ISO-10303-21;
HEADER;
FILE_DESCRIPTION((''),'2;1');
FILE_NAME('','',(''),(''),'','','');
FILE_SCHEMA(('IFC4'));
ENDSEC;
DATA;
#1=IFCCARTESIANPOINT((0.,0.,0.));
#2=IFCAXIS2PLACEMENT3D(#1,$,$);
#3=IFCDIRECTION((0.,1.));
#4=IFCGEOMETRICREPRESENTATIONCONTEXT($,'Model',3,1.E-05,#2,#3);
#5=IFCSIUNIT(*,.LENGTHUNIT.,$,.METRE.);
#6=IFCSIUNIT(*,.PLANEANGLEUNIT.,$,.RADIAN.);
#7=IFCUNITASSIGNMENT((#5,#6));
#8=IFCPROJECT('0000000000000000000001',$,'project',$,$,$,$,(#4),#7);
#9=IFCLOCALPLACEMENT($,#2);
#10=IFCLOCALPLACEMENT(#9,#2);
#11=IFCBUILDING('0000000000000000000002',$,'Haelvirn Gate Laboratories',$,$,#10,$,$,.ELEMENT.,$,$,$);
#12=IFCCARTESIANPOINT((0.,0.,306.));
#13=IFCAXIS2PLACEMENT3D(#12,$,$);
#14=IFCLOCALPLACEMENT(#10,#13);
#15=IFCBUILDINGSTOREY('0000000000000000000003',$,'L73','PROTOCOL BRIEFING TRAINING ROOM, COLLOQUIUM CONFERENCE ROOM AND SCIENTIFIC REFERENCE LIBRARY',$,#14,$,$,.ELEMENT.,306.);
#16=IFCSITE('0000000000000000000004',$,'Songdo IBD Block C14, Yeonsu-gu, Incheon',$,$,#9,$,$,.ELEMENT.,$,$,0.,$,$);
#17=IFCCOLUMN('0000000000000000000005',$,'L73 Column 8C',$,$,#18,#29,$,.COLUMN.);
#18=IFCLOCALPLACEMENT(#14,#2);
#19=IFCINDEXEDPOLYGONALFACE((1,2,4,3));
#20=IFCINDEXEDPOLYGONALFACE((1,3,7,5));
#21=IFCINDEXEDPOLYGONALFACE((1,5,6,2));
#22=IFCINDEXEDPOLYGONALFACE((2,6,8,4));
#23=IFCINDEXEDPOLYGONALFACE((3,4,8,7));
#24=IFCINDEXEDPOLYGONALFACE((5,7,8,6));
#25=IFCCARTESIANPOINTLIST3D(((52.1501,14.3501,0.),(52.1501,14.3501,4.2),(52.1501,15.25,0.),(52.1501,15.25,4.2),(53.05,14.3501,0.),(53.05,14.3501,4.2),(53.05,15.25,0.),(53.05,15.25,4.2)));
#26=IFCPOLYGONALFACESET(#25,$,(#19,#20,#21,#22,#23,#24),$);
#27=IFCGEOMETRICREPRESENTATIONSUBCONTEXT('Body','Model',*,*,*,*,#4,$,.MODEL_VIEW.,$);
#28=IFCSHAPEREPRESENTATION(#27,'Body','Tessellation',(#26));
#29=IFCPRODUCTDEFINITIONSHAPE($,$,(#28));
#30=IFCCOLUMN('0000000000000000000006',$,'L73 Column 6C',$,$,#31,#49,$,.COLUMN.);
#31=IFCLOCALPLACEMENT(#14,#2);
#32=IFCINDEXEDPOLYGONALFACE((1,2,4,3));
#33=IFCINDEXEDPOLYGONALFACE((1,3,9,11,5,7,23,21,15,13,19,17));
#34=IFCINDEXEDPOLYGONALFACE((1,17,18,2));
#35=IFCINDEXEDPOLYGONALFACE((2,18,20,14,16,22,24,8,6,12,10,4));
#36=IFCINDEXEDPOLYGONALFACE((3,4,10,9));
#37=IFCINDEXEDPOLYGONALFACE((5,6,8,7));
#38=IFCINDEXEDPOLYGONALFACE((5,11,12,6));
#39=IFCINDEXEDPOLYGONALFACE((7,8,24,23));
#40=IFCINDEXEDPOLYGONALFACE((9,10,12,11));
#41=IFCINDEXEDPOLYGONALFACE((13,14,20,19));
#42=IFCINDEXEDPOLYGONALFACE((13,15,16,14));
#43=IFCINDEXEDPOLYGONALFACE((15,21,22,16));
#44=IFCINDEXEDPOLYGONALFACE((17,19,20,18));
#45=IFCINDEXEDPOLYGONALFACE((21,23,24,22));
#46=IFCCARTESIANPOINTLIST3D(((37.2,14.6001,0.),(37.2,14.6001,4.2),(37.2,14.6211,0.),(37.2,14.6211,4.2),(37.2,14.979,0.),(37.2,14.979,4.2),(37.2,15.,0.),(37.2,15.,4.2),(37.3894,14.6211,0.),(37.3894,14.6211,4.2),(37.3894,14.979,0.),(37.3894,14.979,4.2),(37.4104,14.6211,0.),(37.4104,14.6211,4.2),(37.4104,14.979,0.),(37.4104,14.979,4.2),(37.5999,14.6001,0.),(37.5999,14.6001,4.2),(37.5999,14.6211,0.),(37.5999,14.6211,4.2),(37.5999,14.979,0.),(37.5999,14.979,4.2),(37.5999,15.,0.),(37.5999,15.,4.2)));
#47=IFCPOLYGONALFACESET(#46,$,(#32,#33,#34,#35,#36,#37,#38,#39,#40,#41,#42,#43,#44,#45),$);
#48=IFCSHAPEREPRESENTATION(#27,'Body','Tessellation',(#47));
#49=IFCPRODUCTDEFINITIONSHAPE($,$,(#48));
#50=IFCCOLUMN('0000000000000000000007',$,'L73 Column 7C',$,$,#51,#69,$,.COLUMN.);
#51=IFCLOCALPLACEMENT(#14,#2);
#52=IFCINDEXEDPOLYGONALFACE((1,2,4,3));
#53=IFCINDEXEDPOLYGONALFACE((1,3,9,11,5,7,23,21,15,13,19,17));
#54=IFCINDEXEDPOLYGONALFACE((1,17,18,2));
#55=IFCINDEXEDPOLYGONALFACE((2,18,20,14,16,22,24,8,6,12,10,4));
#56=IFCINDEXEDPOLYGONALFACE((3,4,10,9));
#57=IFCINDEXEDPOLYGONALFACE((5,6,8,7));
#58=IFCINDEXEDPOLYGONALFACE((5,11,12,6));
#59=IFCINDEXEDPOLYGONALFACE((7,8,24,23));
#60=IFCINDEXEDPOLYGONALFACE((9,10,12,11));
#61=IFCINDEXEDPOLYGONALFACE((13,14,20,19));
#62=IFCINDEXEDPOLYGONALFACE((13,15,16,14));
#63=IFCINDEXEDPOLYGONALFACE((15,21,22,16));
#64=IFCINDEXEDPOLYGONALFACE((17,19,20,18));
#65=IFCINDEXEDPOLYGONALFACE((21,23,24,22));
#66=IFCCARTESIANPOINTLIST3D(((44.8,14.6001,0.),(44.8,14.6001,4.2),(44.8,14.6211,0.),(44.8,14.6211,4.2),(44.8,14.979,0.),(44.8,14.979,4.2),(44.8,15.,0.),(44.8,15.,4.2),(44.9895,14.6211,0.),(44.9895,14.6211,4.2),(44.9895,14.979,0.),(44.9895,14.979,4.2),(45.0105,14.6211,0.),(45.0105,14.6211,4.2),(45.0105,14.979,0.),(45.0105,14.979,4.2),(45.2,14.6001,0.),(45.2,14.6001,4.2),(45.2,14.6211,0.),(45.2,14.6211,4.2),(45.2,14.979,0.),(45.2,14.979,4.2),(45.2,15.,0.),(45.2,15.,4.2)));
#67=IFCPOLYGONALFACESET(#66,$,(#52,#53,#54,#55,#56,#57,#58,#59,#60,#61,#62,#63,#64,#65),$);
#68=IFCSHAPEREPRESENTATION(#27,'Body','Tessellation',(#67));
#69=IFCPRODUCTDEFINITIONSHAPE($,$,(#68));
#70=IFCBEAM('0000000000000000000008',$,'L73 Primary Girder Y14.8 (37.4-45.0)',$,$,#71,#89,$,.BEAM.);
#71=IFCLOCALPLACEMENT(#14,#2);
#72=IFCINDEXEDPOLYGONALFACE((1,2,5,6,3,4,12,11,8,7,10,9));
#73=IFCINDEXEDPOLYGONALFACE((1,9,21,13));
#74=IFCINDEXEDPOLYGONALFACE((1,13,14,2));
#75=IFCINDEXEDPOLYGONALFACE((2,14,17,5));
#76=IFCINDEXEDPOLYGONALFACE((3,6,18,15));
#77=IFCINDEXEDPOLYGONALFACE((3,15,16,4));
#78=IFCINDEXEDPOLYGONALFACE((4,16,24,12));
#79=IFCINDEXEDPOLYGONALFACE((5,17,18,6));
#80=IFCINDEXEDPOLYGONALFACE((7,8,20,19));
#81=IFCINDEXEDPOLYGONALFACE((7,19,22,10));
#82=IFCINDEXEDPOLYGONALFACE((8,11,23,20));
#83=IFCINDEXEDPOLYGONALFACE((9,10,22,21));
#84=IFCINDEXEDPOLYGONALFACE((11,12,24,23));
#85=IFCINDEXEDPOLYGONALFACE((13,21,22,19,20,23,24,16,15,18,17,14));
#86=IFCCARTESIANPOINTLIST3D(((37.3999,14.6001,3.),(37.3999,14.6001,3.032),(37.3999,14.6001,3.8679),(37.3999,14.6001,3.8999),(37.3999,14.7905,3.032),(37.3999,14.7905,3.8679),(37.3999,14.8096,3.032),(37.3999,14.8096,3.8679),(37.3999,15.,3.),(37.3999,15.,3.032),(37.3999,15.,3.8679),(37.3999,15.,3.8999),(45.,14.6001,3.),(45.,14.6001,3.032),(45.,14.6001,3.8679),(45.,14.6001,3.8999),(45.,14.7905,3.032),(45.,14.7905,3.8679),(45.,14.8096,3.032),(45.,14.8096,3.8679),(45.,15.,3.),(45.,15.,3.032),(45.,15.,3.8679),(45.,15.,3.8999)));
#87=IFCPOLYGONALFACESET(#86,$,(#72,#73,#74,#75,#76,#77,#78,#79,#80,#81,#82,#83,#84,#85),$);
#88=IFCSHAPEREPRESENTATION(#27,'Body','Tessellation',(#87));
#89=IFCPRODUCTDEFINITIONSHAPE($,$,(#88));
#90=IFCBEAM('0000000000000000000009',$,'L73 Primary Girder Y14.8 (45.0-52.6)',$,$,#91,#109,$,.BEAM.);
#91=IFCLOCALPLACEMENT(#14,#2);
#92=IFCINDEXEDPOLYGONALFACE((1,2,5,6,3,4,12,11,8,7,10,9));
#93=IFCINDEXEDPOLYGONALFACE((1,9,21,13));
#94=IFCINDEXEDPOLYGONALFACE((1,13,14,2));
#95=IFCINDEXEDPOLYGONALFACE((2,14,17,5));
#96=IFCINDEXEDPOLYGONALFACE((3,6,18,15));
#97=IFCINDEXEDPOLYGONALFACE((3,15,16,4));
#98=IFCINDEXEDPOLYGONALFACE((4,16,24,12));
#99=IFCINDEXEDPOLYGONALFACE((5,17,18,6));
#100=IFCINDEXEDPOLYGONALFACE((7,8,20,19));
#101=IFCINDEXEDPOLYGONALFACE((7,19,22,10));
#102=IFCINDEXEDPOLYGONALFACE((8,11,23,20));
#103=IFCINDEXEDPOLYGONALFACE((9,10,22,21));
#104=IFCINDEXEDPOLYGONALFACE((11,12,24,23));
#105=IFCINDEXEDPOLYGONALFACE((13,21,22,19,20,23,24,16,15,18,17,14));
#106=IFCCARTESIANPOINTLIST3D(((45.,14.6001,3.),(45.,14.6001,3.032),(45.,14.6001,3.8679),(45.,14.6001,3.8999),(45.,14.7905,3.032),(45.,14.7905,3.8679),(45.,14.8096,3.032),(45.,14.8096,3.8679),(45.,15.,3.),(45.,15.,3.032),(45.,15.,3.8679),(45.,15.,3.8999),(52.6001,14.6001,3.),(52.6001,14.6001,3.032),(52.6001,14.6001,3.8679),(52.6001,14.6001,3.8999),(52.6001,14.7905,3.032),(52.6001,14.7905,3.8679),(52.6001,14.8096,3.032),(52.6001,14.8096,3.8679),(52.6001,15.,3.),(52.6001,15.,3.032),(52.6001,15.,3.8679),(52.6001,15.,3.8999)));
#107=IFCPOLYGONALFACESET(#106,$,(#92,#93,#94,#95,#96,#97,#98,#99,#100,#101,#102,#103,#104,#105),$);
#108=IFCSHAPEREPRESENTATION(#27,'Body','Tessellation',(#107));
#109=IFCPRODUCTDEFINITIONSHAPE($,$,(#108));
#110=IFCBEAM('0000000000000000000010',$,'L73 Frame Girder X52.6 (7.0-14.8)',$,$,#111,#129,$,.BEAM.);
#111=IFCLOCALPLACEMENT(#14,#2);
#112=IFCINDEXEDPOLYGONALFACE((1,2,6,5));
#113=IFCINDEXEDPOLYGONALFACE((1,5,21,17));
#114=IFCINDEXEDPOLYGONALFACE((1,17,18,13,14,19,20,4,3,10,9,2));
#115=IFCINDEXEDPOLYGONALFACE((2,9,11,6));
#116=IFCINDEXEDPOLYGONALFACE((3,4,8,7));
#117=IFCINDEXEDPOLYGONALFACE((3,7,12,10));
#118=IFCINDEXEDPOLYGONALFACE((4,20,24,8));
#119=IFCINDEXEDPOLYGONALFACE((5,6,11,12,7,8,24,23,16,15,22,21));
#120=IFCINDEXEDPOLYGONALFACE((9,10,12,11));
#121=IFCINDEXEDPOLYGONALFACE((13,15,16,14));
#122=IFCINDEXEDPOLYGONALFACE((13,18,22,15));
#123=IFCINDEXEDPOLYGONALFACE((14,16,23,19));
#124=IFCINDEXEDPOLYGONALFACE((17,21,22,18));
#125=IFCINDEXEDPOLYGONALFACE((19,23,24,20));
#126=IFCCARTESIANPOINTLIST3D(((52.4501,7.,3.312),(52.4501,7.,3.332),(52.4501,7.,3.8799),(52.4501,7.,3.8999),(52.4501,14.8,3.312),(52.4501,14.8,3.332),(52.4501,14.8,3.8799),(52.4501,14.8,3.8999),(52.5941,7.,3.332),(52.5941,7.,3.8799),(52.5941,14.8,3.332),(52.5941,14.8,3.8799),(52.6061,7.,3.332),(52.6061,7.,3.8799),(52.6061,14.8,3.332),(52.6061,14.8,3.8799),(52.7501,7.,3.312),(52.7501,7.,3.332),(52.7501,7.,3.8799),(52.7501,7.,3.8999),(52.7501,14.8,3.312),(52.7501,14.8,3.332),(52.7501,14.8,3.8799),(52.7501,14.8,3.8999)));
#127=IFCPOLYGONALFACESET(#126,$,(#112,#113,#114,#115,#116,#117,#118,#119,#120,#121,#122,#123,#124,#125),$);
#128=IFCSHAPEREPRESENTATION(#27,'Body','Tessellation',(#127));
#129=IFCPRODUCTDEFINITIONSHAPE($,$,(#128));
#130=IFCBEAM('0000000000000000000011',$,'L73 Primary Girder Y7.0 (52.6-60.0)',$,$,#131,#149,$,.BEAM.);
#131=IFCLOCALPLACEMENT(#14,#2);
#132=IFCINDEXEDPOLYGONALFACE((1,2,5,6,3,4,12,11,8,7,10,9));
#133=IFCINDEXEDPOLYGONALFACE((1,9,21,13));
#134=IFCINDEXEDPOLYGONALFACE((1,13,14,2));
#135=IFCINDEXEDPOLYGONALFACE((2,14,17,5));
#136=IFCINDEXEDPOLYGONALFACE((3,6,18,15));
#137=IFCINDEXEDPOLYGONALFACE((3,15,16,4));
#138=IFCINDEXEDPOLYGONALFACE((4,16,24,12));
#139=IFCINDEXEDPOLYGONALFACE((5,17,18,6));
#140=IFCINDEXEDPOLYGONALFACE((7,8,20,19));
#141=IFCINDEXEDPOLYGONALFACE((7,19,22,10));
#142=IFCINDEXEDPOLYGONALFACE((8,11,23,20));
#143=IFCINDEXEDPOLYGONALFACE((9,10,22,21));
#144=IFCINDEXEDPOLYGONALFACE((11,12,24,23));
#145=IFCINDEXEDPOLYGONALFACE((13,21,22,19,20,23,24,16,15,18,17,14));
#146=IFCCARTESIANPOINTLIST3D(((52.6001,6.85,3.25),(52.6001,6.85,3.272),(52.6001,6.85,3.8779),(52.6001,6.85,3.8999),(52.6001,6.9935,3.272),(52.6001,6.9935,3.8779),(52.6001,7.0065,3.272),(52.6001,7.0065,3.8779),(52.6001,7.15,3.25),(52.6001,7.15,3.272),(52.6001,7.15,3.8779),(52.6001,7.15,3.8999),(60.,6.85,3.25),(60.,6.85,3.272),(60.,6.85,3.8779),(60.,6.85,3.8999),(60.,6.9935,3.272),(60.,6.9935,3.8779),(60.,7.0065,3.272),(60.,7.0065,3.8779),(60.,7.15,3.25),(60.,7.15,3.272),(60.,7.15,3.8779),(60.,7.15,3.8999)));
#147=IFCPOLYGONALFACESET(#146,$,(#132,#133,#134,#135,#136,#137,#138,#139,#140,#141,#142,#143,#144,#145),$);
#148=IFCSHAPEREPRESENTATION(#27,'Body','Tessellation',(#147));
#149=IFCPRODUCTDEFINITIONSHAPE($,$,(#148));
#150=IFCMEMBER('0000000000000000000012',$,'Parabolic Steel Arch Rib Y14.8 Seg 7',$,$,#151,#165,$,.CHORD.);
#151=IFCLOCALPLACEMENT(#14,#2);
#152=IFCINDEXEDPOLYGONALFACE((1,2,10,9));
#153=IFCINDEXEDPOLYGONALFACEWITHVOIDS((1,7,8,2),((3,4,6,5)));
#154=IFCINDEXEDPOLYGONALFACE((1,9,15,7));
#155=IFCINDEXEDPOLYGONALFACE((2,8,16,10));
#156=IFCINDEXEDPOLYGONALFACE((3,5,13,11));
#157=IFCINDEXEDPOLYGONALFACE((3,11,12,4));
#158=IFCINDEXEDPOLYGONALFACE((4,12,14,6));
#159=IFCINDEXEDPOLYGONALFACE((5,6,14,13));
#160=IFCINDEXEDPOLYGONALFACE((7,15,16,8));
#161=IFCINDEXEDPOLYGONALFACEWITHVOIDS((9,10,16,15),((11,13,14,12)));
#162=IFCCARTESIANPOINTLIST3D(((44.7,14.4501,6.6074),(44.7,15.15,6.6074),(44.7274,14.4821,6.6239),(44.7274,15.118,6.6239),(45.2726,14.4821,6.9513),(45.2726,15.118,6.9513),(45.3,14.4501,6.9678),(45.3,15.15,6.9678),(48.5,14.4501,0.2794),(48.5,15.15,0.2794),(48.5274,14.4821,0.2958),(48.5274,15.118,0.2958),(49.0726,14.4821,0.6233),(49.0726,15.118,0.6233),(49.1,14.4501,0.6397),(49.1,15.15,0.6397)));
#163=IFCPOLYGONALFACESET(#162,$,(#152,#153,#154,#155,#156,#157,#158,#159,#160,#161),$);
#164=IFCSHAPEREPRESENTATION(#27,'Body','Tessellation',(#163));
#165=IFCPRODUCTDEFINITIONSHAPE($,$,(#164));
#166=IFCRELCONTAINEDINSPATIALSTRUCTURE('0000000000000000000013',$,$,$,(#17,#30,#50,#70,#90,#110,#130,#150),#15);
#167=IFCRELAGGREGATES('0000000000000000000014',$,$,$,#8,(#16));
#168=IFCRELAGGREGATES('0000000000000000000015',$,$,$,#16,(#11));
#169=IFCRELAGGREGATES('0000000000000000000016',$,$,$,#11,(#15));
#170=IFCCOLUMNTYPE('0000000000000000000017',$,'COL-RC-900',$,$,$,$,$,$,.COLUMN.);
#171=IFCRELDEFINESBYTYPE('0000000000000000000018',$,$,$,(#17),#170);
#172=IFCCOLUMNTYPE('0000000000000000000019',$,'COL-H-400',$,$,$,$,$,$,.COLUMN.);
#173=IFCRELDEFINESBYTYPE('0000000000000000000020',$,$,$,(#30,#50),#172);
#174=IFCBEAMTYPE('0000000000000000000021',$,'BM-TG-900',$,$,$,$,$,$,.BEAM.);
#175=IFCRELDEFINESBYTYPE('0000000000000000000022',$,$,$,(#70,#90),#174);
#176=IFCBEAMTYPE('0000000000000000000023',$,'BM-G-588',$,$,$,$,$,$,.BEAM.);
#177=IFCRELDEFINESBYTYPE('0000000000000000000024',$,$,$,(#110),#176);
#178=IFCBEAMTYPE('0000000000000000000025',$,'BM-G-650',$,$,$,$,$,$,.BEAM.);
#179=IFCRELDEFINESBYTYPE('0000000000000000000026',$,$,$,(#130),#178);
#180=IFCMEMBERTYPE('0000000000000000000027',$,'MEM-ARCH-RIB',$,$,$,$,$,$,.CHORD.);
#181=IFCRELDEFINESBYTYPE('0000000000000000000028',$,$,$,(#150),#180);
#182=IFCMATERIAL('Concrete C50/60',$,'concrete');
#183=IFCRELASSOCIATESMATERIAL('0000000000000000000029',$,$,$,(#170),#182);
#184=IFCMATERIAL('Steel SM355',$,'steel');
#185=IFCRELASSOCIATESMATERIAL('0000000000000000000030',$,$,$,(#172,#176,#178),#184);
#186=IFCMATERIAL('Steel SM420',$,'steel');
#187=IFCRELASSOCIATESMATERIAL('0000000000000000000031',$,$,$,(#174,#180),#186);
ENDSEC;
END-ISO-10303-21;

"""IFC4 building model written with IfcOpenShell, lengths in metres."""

from ifc_helpers import new_model, si_unit, direction, frame, origin, origin_2d, place, context, subcontext, project, spatial, rectangle, hollow_rectangle, i_section, extrude, source, transform, mapped, material, material_profile, profile_set, type_object, type_shapes, element, save


model = new_model("IFC4")

# Units and contexts
model_context = context("Model", 3, precision=1e-05, world=origin(), true_north=direction((0.0, 1.0)))
body_context = subcontext(model_context, "Body", "Model", "MODEL_VIEW")
ifc_project = project(units=[si_unit("LENGTHUNIT", "METRE"), si_unit("PLANEANGLEUNIT", "RADIAN")], contexts=[model_context])

# Site, building, storey
site_placement = place(None, origin())
site = spatial("IfcSite", under=ifc_project, at=site_placement, Name="Songdo IBD Block C14, Yeonsu-gu, Incheon", CompositionType="ELEMENT", RefElevation=0.0)
building_placement = place(site_placement, origin())
building = spatial("IfcBuilding", under=site, at=building_placement, Name="Haelvirn Gate Laboratories", CompositionType="ELEMENT")
storey_placement = place(building_placement, frame((0.0, 0.0, 306.0)))
storey = spatial("IfcBuildingStorey", under=building, at=storey_placement, Name="L73", Description="PROTOCOL BRIEFING TRAINING ROOM, COLLOQUIUM CONFERENCE ROOM AND SCIENTIFIC REFERENCE LIBRARY", CompositionType="ELEMENT", Elevation=306.0)

# Columns
ifc_material_1 = material(Name="Concrete C50/60", Category="concrete")
ifc_material_profile_1 = material_profile(ifc_material_1, rectangle(XDim=0.8999, YDim=0.8999, at=origin_2d()), Name="RC-900x900")
ifc_profile_set_1 = profile_set([ifc_material_profile_1], Name="Concrete C50/60")
column_type_1 = type_object("IfcColumnType", Name="COL-RC-900", PredefinedType="COLUMN", material=ifc_profile_set_1)
shared_shape_1 = source(origin(), body_context, "Body", "SweptSolid", [
    extrude(rectangle(XDim=0.8999, YDim=0.8999, at=origin_2d()), origin(), (0.0, 0.0, 1.0), 4.2),
])
type_shapes(column_type_1, [shared_shape_1])
column_placement = place(storey_placement, frame((52.6001, 14.8, 0.0), z_axis=(0.0, 0.0, 1.0), x_axis=(1.0, 0.0, 0.0)))
element("IfcColumn", 1, at=column_placement, inside=storey, type_object=column_type_1, Name="L73 Column 8C", PredefinedType="COLUMN", context=body_context, shape_type="MappedRepresentation", body=[
    mapped(shared_shape_1, transform((0.0, 0.0, 0.0), scale=1.0)),
])
ifc_material_2 = material(Name="Steel SM355", Category="steel")
ifc_material_profile_2 = material_profile(ifc_material_2, i_section(OverallWidth=0.3999, OverallDepth=0.3999, WebThickness=0.021, FlangeThickness=0.021, at=origin_2d()), Name="H-400x400x21x21")
ifc_profile_set_2 = profile_set([ifc_material_profile_2], Name="Steel SM355")
column_type_2 = type_object("IfcColumnType", Name="COL-H-400", PredefinedType="COLUMN", material=ifc_profile_set_2)
shared_shape_2 = source(origin(), body_context, "Body", "SweptSolid", [
    extrude(i_section(OverallWidth=0.3999, OverallDepth=0.3999, WebThickness=0.021, FlangeThickness=0.021, at=origin_2d()), origin(), (0.0, 0.0, 1.0), 4.2),
])
type_shapes(column_type_2, [shared_shape_2])
for number, where, z_axis, x_axis, name in (
    (2, (37.3999, 14.8, 0.0), (0.0, 0.0, 1.0), (1.0, 0.0, 0.0), "L73 Column 6C"),
    (3, (45.0, 14.8, 0.0), (0.0, 0.0, 1.0), (1.0, 0.0, 0.0), "L73 Column 7C"),
):
    element("IfcColumn", number, at=place(storey_placement, frame(where, z_axis=z_axis, x_axis=x_axis)), inside=storey, type_object=column_type_2, Name=name, PredefinedType="COLUMN", context=body_context, shape_type="MappedRepresentation", body=[
        mapped(shared_shape_2, transform((0.0, 0.0, 0.0), scale=1.0)),
    ])

# Beams
ifc_material_3 = material(Name="Steel SM420", Category="steel")
ifc_material_profile_3 = material_profile(ifc_material_3, i_section(OverallWidth=0.3999, OverallDepth=0.8999, WebThickness=0.019, FlangeThickness=0.032, at=origin_2d()), Name="H-900x400x19x32")
ifc_profile_set_3 = profile_set([ifc_material_profile_3], Name="Steel SM420")
beam_type_1 = type_object("IfcBeamType", Name="BM-TG-900", PredefinedType="BEAM", material=ifc_profile_set_3)
shared_shape_3 = source(origin(), body_context, "Body", "SweptSolid", [
    extrude(i_section(OverallWidth=0.3999, OverallDepth=0.8999, WebThickness=0.019, FlangeThickness=0.032, at=origin_2d()), origin(), (0.0, 0.0, 1.0), 7.6001),
])
type_shapes(beam_type_1, [shared_shape_3])
for number, where, z_axis, x_axis, name in (
    (4, (37.3999, 14.8, 3.45), (1.0, 0.0, 0.0), (0.0, 1.0, 0.0), "L73 Primary Girder Y14.8 (37.4-45.0)"),
    (5, (45.0, 14.8, 3.45), (1.0, 0.0, 0.0), (0.0, 1.0, 0.0), "L73 Primary Girder Y14.8 (45.0-52.6)"),
):
    element("IfcBeam", number, at=place(storey_placement, frame(where, z_axis=z_axis, x_axis=x_axis)), inside=storey, type_object=beam_type_1, Name=name, PredefinedType="BEAM", context=body_context, shape_type="MappedRepresentation", body=[
        mapped(shared_shape_3, transform((0.0, 0.0, 0.0), scale=1.0)),
    ])
ifc_material_profile_4 = material_profile(ifc_material_2, i_section(OverallWidth=0.3, OverallDepth=0.5879, WebThickness=0.012, FlangeThickness=0.02, at=origin_2d()), Name="H-588x300x12x20")
ifc_profile_set_4 = profile_set([ifc_material_profile_4], Name="Steel SM355")
beam_type_2 = type_object("IfcBeamType", Name="BM-G-588", PredefinedType="BEAM", material=ifc_profile_set_4)
shared_shape_4 = source(origin(), body_context, "Body", "SweptSolid", [
    extrude(i_section(OverallWidth=0.3, OverallDepth=0.5879, WebThickness=0.012, FlangeThickness=0.02, at=origin_2d()), origin(), (0.0, 0.0, 1.0), 7.8),
])
type_shapes(beam_type_2, [shared_shape_4])
beam_1_placement = place(storey_placement, frame((52.6001, 7.0, 3.606), z_axis=(0.0, 1.0, 0.0), x_axis=(-1.0, 0.0, 0.0)))
element("IfcBeam", 6, at=beam_1_placement, inside=storey, type_object=beam_type_2, Name="L73 Frame Girder X52.6 (7.0-14.8)", PredefinedType="BEAM", context=body_context, shape_type="MappedRepresentation", body=[
    mapped(shared_shape_4, transform((0.0, 0.0, 0.0), scale=1.0)),
])
ifc_material_profile_5 = material_profile(ifc_material_2, i_section(OverallWidth=0.3, OverallDepth=0.6499, WebThickness=0.0129, FlangeThickness=0.022, at=origin_2d()), Name="H-650x300x13x22")
ifc_profile_set_5 = profile_set([ifc_material_profile_5], Name="Steel SM355")
beam_type_3 = type_object("IfcBeamType", Name="BM-G-650", PredefinedType="BEAM", material=ifc_profile_set_5)
shared_shape_5 = source(origin(), body_context, "Body", "SweptSolid", [
    extrude(i_section(OverallWidth=0.3, OverallDepth=0.6499, WebThickness=0.0129, FlangeThickness=0.022, at=origin_2d()), origin(), (0.0, 0.0, 1.0), 7.3999),
])
type_shapes(beam_type_3, [shared_shape_5])
beam_2_placement = place(storey_placement, frame((52.6001, 7.0, 3.575), z_axis=(1.0, 0.0, 0.0), x_axis=(0.0, 1.0, 0.0)))
element("IfcBeam", 7, at=beam_2_placement, inside=storey, type_object=beam_type_3, Name="L73 Primary Girder Y7.0 (52.6-60.0)", PredefinedType="BEAM", context=body_context, shape_type="MappedRepresentation", body=[
    mapped(shared_shape_5, transform((0.0, 0.0, 0.0), scale=1.0)),
])

# Member
ifc_material_profile_6 = material_profile(ifc_material_3, hollow_rectangle(XDim=0.7, YDim=0.7, WallThickness=0.032, at=origin_2d()), Name="BOX-700x700x32")
ifc_profile_set_6 = profile_set([ifc_material_profile_6], Name="Steel SM420")
member_type_1 = type_object("IfcMemberType", Name="MEM-ARCH-RIB", PredefinedType="CHORD", material=ifc_profile_set_6)
shared_shape_6 = source(origin(), body_context, "Body", "SweptSolid", [
    extrude(hollow_rectangle(XDim=0.7, YDim=0.7, WallThickness=0.032, at=origin_2d()), origin(), (0.0, 0.0, 1.0), 7.3813),
])
type_shapes(member_type_1, [shared_shape_6])
member_placement = place(storey_placement, frame((45.0, 14.8, 6.7876), z_axis=(0.514812, 0.0, -0.857303), x_axis=(0.0, 1.0, 0.0)))
element("IfcMember", 8, at=member_placement, inside=storey, type_object=member_type_1, Name="Parabolic Steel Arch Rib Y14.8 Seg 7", PredefinedType="CHORD", context=body_context, shape_type="MappedRepresentation", body=[
    mapped(shared_shape_6, transform((0.0, 0.0, 0.0), scale=1.0)),
])

save(model, "model.ifc")
